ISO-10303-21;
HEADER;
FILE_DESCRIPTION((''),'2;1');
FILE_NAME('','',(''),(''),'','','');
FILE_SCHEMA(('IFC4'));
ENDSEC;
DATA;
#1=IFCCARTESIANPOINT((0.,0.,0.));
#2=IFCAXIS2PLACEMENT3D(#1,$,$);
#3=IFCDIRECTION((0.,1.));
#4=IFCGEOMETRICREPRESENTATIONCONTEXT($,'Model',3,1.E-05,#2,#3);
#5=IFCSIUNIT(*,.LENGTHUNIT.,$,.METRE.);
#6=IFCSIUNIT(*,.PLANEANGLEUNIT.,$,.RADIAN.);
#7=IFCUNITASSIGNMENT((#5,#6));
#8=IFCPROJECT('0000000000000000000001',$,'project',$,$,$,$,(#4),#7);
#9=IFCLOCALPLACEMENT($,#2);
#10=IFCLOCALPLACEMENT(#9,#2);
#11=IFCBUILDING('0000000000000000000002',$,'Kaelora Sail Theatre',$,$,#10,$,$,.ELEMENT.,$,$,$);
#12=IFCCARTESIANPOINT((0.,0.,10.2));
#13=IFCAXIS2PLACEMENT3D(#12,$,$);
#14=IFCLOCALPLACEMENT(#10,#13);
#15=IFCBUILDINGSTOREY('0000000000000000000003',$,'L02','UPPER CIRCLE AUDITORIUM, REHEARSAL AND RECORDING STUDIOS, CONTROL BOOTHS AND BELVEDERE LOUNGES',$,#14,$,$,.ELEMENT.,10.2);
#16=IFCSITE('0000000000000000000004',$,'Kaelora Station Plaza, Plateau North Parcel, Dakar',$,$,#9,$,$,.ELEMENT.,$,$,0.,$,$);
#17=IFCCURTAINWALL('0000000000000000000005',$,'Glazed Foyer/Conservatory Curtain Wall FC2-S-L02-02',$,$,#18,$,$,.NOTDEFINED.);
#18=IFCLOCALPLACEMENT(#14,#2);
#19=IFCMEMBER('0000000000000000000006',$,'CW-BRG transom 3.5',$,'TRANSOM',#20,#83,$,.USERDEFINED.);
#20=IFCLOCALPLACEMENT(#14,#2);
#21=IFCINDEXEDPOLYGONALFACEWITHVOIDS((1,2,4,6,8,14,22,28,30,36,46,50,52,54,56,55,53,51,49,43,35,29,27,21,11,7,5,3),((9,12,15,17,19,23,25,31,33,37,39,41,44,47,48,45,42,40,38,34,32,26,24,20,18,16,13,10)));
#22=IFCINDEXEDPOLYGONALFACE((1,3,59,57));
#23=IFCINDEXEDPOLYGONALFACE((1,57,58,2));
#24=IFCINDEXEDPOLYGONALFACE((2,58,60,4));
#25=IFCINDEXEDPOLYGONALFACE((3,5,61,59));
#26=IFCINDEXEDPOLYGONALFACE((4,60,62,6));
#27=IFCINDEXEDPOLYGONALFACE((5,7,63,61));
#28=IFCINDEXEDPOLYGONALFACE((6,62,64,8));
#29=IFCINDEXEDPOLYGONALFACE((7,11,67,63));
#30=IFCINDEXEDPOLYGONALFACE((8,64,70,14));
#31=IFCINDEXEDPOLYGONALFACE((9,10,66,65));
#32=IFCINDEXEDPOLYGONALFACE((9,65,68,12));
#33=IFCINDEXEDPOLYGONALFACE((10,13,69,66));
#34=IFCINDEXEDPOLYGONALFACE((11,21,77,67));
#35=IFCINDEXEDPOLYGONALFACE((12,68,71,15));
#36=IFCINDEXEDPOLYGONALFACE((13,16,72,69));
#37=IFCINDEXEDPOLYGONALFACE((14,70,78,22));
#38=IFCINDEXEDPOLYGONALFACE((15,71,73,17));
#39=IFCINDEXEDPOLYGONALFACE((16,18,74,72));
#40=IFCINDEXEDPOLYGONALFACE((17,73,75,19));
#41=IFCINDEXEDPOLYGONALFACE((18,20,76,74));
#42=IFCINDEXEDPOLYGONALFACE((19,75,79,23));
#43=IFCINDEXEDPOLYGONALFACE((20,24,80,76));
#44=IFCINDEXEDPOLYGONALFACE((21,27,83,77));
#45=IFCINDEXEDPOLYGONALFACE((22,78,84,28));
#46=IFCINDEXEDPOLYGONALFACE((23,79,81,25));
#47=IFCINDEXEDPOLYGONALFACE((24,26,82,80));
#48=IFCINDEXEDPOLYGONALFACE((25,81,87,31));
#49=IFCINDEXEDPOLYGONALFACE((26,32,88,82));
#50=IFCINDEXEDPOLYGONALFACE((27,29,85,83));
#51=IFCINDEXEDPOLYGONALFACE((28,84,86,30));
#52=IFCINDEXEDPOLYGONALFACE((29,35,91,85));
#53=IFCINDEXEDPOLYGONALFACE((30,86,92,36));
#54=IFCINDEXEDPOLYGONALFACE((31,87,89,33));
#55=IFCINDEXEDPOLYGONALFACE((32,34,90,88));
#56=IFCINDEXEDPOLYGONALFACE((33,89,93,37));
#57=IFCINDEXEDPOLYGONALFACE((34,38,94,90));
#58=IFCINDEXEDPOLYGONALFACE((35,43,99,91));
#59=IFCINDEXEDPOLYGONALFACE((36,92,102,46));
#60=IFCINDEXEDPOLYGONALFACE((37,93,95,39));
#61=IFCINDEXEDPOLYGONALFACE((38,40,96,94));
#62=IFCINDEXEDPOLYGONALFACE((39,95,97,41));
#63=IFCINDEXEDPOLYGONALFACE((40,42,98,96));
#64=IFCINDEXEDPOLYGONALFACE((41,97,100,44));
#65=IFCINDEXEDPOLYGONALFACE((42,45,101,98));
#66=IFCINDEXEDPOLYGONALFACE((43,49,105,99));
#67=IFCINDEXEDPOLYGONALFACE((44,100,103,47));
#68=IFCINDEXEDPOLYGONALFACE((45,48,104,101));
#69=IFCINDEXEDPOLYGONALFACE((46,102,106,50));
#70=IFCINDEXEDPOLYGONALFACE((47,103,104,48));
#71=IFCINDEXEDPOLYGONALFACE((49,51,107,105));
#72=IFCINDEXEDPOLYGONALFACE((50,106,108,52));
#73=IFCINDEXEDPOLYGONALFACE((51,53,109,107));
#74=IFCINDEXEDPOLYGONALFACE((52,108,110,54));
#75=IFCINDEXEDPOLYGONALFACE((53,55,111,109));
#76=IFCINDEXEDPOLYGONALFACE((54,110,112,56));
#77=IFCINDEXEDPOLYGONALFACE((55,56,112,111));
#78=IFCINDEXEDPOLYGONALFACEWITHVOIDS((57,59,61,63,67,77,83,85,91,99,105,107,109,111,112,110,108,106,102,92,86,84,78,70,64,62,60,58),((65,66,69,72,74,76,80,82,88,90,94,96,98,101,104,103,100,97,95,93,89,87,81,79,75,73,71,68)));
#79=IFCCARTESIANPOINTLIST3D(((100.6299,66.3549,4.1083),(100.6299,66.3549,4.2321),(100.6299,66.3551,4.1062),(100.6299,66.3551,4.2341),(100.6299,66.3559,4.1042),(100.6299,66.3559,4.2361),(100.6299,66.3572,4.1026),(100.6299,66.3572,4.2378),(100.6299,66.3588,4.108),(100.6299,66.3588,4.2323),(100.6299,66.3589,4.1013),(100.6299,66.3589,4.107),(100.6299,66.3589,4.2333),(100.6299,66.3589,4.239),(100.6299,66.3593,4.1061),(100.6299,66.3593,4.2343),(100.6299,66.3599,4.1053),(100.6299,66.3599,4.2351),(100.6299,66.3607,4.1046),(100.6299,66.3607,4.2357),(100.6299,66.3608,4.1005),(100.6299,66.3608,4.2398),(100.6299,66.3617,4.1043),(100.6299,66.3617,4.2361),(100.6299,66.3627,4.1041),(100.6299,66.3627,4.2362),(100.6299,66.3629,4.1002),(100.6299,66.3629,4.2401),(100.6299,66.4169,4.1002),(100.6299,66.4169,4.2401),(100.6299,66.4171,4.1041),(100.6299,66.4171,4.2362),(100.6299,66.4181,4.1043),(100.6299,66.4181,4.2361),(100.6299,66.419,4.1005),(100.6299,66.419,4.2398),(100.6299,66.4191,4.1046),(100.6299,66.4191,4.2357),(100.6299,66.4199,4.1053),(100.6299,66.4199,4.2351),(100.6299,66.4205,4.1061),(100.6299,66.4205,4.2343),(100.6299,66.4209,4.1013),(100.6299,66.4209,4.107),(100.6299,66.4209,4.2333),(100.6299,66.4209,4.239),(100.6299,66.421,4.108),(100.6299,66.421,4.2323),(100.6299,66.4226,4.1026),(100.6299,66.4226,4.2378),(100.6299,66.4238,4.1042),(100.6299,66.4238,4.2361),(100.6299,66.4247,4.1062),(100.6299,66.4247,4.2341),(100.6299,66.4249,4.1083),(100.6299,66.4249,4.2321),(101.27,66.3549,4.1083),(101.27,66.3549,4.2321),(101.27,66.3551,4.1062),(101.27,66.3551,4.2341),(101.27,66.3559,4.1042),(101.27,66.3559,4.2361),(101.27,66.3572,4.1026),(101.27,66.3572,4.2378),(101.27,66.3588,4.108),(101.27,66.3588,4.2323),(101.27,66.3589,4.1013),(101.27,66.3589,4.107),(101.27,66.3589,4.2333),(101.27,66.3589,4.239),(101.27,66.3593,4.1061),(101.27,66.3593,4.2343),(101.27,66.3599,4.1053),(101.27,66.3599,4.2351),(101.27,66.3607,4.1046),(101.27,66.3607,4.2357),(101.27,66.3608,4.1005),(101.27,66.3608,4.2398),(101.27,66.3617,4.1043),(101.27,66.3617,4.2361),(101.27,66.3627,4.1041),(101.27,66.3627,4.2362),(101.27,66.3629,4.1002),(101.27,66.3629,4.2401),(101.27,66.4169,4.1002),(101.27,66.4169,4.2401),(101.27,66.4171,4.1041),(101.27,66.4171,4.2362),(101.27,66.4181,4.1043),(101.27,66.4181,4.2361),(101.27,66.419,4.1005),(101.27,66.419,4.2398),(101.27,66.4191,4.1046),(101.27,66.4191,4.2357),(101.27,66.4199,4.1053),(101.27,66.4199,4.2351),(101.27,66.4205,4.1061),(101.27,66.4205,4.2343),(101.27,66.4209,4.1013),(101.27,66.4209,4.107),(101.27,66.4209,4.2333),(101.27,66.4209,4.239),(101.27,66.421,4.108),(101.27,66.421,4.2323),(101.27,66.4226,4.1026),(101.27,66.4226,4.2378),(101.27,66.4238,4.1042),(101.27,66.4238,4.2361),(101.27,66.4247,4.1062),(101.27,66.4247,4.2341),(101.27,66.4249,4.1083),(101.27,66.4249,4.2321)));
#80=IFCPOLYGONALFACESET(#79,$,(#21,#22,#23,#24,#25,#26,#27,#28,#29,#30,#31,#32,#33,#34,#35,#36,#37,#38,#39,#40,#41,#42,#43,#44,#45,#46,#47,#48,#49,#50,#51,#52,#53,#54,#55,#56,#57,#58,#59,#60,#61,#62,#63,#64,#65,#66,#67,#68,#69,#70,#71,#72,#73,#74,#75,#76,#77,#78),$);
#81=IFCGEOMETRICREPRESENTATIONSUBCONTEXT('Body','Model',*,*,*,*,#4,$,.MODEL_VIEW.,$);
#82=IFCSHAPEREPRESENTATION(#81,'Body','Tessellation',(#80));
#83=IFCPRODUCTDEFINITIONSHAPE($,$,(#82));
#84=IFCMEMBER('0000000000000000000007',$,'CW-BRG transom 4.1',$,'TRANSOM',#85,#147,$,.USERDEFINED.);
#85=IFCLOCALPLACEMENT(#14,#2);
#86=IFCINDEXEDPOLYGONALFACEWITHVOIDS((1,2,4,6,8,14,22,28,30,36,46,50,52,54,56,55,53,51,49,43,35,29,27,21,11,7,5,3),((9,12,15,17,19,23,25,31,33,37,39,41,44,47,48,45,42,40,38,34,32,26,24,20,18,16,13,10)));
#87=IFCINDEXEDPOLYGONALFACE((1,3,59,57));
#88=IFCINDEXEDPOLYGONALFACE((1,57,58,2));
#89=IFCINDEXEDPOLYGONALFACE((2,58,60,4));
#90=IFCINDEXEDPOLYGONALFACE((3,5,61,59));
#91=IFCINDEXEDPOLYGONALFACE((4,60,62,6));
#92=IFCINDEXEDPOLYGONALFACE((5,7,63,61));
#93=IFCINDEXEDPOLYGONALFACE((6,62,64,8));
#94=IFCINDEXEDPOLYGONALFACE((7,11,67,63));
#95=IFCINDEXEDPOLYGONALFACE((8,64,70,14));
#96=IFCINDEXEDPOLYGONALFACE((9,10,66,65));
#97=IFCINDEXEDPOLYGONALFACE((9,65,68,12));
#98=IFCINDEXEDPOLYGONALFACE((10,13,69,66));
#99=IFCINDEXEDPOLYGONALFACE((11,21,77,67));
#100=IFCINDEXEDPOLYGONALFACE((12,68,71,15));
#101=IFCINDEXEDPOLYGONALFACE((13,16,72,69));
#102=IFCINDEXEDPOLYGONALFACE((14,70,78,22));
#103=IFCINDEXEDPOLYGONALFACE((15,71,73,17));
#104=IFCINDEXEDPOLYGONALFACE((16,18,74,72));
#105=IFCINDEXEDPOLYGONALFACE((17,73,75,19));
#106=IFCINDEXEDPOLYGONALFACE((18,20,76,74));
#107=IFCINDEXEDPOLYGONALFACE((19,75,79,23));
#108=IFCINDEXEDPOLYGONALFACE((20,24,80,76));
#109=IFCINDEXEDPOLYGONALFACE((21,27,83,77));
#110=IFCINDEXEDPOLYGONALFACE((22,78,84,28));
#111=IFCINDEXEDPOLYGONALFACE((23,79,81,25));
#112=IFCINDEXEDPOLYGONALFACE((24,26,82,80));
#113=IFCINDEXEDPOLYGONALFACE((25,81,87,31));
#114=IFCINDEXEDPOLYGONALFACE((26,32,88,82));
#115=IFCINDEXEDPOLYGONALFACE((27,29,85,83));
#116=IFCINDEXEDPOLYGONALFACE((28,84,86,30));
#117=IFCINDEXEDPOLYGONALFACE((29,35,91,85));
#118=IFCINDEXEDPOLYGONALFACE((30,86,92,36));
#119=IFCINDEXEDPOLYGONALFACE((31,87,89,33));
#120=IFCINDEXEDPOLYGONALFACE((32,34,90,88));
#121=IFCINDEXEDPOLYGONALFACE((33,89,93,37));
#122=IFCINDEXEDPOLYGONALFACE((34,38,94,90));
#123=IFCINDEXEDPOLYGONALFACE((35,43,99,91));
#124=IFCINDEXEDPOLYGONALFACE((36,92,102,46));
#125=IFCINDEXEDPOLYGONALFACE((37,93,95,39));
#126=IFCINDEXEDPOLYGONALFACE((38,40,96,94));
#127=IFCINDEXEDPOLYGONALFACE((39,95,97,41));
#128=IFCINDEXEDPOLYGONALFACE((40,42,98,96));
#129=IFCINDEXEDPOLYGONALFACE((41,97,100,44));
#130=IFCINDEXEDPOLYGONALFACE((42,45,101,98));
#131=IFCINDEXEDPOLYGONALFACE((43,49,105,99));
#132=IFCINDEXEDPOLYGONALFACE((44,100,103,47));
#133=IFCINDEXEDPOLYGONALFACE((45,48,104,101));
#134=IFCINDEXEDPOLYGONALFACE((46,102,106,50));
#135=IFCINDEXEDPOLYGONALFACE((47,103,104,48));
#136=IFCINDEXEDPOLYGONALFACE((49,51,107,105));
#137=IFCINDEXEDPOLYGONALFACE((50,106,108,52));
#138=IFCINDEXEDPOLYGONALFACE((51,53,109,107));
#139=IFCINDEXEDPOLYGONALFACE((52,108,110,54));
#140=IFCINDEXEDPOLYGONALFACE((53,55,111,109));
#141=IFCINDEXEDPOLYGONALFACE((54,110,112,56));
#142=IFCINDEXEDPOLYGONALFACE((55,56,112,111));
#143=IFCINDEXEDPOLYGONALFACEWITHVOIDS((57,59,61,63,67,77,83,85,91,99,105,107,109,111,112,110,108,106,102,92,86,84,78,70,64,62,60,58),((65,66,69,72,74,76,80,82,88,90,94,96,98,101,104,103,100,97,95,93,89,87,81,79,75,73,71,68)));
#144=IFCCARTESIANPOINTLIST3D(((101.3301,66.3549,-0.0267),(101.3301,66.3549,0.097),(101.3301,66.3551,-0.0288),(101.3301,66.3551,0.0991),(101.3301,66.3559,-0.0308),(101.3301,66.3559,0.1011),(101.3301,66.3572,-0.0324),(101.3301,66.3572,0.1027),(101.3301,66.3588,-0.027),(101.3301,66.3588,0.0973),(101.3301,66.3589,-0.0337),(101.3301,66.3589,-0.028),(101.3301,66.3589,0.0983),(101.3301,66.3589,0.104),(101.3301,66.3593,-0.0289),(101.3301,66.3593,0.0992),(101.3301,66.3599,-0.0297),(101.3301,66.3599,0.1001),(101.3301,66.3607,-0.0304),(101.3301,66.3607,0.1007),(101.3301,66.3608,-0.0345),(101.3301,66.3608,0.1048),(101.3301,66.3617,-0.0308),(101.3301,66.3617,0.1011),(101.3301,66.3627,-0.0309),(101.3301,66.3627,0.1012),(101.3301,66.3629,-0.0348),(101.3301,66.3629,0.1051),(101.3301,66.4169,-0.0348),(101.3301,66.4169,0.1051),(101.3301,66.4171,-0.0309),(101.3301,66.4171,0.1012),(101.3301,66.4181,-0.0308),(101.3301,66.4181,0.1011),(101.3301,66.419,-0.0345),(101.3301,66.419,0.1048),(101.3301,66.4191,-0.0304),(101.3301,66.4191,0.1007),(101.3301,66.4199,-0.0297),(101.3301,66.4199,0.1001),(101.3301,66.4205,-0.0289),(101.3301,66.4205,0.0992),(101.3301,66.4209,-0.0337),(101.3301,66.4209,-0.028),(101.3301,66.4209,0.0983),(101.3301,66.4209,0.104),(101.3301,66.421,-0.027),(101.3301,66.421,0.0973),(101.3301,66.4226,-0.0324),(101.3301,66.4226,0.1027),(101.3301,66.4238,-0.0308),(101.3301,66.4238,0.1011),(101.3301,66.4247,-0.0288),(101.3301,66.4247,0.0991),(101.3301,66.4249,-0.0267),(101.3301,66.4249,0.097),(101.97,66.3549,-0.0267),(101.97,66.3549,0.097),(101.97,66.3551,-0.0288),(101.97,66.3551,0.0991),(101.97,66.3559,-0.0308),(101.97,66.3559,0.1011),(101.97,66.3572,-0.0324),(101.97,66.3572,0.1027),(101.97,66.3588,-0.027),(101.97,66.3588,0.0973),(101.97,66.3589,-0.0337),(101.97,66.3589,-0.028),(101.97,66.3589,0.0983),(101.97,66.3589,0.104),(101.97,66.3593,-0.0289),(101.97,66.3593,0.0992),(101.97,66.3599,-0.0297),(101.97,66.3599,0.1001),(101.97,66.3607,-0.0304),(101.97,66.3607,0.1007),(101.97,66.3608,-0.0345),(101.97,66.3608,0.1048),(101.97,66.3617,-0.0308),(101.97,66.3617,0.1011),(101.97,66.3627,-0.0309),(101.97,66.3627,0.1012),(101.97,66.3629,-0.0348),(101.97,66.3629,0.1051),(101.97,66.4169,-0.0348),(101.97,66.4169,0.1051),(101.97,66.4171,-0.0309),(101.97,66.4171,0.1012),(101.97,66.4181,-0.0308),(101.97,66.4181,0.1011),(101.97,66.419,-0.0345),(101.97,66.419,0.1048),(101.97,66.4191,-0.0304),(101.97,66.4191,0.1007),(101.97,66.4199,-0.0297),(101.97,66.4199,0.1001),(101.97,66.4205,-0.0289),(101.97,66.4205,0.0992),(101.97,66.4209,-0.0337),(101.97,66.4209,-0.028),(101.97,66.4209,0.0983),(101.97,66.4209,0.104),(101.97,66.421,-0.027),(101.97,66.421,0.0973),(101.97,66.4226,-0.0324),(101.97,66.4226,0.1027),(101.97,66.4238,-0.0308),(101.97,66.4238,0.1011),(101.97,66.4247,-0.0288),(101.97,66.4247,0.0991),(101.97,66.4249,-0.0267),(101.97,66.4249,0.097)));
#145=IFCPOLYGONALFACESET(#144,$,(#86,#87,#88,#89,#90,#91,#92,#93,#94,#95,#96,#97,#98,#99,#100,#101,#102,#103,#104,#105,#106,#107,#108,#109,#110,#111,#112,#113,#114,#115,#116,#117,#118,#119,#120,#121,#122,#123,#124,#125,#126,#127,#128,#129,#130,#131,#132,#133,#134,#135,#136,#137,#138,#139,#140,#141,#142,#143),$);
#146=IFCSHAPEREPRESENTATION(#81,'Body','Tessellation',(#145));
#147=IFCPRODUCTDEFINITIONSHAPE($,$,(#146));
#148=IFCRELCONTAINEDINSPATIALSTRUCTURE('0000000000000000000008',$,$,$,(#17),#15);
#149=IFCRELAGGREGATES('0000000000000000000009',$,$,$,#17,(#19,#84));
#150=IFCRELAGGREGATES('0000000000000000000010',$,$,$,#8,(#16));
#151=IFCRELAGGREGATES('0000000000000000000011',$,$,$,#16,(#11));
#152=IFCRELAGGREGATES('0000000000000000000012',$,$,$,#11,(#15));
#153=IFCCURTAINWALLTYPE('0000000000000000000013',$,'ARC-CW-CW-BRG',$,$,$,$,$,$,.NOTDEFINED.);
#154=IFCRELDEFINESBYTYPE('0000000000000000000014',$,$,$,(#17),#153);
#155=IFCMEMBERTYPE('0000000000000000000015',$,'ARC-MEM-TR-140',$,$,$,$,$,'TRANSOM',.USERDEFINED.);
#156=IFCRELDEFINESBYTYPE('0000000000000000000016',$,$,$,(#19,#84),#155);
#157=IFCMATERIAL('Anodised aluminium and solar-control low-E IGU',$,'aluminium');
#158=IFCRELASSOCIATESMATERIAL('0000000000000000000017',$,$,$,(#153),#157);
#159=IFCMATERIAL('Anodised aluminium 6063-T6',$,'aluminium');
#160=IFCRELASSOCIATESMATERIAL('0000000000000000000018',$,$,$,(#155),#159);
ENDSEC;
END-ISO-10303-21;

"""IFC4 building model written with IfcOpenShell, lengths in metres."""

from ifc_helpers import new_model, si_unit, direction, frame, origin, origin_2d, place, context, subcontext, project, spatial, hollow_rectangle, extrude, material, material_profile, profile_set, type_object, element, aggregate, save


model = new_model("IFC4")

# Units and contexts
model_context = context("Model", 3, precision=1e-05, world=origin(), true_north=direction((0.0, 1.0)))
body_context = subcontext(model_context, "Body", "Model", "MODEL_VIEW")
ifc_project = project(units=[si_unit("LENGTHUNIT", "METRE"), si_unit("PLANEANGLEUNIT", "RADIAN")], contexts=[model_context])

# Site, building, storey
site_placement = place(None, origin())
site = spatial("IfcSite", under=ifc_project, at=site_placement, Name="Kaelora Station Plaza, Plateau North Parcel, Dakar", CompositionType="ELEMENT", RefElevation=0.0)
building_placement = place(site_placement, origin())
building = spatial("IfcBuilding", under=site, at=building_placement, Name="Kaelora Sail Theatre", CompositionType="ELEMENT")
storey_placement = place(building_placement, frame((0.0, 0.0, 10.2)))
storey = spatial("IfcBuildingStorey", under=building, at=storey_placement, Name="L02", Description="UPPER CIRCLE AUDITORIUM, REHEARSAL AND RECORDING STUDIOS, CONTROL BOOTHS AND BELVEDERE LOUNGES", CompositionType="ELEMENT", Elevation=10.2)

# Curtain wall, members
ifc_material_1 = material(Name="Anodised aluminium and solar-control low-E IGU", Category="aluminium")
curtain_wall_type = type_object("IfcCurtainWallType", Name="ARC-CW-CW-BRG", PredefinedType="NOTDEFINED", material=ifc_material_1)
curtain_wall_placement = place(storey_placement, origin())
curtain_wall = element("IfcCurtainWall", 1, at=curtain_wall_placement, inside=storey, type_object=curtain_wall_type, Name="Glazed Foyer/Conservatory Curtain Wall FC2-S-L02-02", PredefinedType="NOTDEFINED")
ifc_material_2 = material(Name="Anodised aluminium 6063-T6", Category="aluminium")
ifc_material_profile_1 = material_profile(ifc_material_2, hollow_rectangle(XDim=0.0701, YDim=0.1399, WallThickness=0.0039, InnerFilletRadius=0.0039, OuterFilletRadius=0.0081, at=origin_2d()), Name="ALU-TRAN 70x140x4")
ifc_profile_set_1 = profile_set([ifc_material_profile_1], Name="Anodised aluminium 6063-T6")
member_type_1 = type_object("IfcMemberType", Name="ARC-MEM-TR-140", ElementType="TRANSOM", PredefinedType="USERDEFINED", material=ifc_profile_set_1)
member_1_placement = place(storey_placement, frame((100.6299, 66.3899, 4.1702), z_axis=(1.0, 0.0, 0.0), x_axis=(0.0, 1.0, 0.0)))
member_1 = element("IfcMember", 2, at=member_1_placement, type_object=member_type_1, Name="CW-BRG transom 3.5", ObjectType="TRANSOM", PredefinedType="USERDEFINED", context=body_context, shape_type="SweptSolid", body=[
    extrude(hollow_rectangle(XDim=0.0701, YDim=0.1399, WallThickness=0.0039, InnerFilletRadius=0.0039, OuterFilletRadius=0.0081, at=origin_2d()), origin(), (0.0, 0.0, 1.0), 0.6401),
])
member_2_placement = place(storey_placement, frame((101.3301, 66.3899, 0.0352), z_axis=(1.0, 0.0, 0.0), x_axis=(0.0, 1.0, 0.0)))
member_2 = element("IfcMember", 3, at=member_2_placement, type_object=member_type_1, Name="CW-BRG transom 4.1", ObjectType="TRANSOM", PredefinedType="USERDEFINED", context=body_context, shape_type="SweptSolid", body=[
    extrude(hollow_rectangle(XDim=0.0701, YDim=0.1399, WallThickness=0.0039, InnerFilletRadius=0.0039, OuterFilletRadius=0.0081, at=origin_2d()), origin(), (0.0, 0.0, 1.0), 0.6399),
])
aggregate(curtain_wall, [member_1, member_2])

save(model, "model.ifc")
